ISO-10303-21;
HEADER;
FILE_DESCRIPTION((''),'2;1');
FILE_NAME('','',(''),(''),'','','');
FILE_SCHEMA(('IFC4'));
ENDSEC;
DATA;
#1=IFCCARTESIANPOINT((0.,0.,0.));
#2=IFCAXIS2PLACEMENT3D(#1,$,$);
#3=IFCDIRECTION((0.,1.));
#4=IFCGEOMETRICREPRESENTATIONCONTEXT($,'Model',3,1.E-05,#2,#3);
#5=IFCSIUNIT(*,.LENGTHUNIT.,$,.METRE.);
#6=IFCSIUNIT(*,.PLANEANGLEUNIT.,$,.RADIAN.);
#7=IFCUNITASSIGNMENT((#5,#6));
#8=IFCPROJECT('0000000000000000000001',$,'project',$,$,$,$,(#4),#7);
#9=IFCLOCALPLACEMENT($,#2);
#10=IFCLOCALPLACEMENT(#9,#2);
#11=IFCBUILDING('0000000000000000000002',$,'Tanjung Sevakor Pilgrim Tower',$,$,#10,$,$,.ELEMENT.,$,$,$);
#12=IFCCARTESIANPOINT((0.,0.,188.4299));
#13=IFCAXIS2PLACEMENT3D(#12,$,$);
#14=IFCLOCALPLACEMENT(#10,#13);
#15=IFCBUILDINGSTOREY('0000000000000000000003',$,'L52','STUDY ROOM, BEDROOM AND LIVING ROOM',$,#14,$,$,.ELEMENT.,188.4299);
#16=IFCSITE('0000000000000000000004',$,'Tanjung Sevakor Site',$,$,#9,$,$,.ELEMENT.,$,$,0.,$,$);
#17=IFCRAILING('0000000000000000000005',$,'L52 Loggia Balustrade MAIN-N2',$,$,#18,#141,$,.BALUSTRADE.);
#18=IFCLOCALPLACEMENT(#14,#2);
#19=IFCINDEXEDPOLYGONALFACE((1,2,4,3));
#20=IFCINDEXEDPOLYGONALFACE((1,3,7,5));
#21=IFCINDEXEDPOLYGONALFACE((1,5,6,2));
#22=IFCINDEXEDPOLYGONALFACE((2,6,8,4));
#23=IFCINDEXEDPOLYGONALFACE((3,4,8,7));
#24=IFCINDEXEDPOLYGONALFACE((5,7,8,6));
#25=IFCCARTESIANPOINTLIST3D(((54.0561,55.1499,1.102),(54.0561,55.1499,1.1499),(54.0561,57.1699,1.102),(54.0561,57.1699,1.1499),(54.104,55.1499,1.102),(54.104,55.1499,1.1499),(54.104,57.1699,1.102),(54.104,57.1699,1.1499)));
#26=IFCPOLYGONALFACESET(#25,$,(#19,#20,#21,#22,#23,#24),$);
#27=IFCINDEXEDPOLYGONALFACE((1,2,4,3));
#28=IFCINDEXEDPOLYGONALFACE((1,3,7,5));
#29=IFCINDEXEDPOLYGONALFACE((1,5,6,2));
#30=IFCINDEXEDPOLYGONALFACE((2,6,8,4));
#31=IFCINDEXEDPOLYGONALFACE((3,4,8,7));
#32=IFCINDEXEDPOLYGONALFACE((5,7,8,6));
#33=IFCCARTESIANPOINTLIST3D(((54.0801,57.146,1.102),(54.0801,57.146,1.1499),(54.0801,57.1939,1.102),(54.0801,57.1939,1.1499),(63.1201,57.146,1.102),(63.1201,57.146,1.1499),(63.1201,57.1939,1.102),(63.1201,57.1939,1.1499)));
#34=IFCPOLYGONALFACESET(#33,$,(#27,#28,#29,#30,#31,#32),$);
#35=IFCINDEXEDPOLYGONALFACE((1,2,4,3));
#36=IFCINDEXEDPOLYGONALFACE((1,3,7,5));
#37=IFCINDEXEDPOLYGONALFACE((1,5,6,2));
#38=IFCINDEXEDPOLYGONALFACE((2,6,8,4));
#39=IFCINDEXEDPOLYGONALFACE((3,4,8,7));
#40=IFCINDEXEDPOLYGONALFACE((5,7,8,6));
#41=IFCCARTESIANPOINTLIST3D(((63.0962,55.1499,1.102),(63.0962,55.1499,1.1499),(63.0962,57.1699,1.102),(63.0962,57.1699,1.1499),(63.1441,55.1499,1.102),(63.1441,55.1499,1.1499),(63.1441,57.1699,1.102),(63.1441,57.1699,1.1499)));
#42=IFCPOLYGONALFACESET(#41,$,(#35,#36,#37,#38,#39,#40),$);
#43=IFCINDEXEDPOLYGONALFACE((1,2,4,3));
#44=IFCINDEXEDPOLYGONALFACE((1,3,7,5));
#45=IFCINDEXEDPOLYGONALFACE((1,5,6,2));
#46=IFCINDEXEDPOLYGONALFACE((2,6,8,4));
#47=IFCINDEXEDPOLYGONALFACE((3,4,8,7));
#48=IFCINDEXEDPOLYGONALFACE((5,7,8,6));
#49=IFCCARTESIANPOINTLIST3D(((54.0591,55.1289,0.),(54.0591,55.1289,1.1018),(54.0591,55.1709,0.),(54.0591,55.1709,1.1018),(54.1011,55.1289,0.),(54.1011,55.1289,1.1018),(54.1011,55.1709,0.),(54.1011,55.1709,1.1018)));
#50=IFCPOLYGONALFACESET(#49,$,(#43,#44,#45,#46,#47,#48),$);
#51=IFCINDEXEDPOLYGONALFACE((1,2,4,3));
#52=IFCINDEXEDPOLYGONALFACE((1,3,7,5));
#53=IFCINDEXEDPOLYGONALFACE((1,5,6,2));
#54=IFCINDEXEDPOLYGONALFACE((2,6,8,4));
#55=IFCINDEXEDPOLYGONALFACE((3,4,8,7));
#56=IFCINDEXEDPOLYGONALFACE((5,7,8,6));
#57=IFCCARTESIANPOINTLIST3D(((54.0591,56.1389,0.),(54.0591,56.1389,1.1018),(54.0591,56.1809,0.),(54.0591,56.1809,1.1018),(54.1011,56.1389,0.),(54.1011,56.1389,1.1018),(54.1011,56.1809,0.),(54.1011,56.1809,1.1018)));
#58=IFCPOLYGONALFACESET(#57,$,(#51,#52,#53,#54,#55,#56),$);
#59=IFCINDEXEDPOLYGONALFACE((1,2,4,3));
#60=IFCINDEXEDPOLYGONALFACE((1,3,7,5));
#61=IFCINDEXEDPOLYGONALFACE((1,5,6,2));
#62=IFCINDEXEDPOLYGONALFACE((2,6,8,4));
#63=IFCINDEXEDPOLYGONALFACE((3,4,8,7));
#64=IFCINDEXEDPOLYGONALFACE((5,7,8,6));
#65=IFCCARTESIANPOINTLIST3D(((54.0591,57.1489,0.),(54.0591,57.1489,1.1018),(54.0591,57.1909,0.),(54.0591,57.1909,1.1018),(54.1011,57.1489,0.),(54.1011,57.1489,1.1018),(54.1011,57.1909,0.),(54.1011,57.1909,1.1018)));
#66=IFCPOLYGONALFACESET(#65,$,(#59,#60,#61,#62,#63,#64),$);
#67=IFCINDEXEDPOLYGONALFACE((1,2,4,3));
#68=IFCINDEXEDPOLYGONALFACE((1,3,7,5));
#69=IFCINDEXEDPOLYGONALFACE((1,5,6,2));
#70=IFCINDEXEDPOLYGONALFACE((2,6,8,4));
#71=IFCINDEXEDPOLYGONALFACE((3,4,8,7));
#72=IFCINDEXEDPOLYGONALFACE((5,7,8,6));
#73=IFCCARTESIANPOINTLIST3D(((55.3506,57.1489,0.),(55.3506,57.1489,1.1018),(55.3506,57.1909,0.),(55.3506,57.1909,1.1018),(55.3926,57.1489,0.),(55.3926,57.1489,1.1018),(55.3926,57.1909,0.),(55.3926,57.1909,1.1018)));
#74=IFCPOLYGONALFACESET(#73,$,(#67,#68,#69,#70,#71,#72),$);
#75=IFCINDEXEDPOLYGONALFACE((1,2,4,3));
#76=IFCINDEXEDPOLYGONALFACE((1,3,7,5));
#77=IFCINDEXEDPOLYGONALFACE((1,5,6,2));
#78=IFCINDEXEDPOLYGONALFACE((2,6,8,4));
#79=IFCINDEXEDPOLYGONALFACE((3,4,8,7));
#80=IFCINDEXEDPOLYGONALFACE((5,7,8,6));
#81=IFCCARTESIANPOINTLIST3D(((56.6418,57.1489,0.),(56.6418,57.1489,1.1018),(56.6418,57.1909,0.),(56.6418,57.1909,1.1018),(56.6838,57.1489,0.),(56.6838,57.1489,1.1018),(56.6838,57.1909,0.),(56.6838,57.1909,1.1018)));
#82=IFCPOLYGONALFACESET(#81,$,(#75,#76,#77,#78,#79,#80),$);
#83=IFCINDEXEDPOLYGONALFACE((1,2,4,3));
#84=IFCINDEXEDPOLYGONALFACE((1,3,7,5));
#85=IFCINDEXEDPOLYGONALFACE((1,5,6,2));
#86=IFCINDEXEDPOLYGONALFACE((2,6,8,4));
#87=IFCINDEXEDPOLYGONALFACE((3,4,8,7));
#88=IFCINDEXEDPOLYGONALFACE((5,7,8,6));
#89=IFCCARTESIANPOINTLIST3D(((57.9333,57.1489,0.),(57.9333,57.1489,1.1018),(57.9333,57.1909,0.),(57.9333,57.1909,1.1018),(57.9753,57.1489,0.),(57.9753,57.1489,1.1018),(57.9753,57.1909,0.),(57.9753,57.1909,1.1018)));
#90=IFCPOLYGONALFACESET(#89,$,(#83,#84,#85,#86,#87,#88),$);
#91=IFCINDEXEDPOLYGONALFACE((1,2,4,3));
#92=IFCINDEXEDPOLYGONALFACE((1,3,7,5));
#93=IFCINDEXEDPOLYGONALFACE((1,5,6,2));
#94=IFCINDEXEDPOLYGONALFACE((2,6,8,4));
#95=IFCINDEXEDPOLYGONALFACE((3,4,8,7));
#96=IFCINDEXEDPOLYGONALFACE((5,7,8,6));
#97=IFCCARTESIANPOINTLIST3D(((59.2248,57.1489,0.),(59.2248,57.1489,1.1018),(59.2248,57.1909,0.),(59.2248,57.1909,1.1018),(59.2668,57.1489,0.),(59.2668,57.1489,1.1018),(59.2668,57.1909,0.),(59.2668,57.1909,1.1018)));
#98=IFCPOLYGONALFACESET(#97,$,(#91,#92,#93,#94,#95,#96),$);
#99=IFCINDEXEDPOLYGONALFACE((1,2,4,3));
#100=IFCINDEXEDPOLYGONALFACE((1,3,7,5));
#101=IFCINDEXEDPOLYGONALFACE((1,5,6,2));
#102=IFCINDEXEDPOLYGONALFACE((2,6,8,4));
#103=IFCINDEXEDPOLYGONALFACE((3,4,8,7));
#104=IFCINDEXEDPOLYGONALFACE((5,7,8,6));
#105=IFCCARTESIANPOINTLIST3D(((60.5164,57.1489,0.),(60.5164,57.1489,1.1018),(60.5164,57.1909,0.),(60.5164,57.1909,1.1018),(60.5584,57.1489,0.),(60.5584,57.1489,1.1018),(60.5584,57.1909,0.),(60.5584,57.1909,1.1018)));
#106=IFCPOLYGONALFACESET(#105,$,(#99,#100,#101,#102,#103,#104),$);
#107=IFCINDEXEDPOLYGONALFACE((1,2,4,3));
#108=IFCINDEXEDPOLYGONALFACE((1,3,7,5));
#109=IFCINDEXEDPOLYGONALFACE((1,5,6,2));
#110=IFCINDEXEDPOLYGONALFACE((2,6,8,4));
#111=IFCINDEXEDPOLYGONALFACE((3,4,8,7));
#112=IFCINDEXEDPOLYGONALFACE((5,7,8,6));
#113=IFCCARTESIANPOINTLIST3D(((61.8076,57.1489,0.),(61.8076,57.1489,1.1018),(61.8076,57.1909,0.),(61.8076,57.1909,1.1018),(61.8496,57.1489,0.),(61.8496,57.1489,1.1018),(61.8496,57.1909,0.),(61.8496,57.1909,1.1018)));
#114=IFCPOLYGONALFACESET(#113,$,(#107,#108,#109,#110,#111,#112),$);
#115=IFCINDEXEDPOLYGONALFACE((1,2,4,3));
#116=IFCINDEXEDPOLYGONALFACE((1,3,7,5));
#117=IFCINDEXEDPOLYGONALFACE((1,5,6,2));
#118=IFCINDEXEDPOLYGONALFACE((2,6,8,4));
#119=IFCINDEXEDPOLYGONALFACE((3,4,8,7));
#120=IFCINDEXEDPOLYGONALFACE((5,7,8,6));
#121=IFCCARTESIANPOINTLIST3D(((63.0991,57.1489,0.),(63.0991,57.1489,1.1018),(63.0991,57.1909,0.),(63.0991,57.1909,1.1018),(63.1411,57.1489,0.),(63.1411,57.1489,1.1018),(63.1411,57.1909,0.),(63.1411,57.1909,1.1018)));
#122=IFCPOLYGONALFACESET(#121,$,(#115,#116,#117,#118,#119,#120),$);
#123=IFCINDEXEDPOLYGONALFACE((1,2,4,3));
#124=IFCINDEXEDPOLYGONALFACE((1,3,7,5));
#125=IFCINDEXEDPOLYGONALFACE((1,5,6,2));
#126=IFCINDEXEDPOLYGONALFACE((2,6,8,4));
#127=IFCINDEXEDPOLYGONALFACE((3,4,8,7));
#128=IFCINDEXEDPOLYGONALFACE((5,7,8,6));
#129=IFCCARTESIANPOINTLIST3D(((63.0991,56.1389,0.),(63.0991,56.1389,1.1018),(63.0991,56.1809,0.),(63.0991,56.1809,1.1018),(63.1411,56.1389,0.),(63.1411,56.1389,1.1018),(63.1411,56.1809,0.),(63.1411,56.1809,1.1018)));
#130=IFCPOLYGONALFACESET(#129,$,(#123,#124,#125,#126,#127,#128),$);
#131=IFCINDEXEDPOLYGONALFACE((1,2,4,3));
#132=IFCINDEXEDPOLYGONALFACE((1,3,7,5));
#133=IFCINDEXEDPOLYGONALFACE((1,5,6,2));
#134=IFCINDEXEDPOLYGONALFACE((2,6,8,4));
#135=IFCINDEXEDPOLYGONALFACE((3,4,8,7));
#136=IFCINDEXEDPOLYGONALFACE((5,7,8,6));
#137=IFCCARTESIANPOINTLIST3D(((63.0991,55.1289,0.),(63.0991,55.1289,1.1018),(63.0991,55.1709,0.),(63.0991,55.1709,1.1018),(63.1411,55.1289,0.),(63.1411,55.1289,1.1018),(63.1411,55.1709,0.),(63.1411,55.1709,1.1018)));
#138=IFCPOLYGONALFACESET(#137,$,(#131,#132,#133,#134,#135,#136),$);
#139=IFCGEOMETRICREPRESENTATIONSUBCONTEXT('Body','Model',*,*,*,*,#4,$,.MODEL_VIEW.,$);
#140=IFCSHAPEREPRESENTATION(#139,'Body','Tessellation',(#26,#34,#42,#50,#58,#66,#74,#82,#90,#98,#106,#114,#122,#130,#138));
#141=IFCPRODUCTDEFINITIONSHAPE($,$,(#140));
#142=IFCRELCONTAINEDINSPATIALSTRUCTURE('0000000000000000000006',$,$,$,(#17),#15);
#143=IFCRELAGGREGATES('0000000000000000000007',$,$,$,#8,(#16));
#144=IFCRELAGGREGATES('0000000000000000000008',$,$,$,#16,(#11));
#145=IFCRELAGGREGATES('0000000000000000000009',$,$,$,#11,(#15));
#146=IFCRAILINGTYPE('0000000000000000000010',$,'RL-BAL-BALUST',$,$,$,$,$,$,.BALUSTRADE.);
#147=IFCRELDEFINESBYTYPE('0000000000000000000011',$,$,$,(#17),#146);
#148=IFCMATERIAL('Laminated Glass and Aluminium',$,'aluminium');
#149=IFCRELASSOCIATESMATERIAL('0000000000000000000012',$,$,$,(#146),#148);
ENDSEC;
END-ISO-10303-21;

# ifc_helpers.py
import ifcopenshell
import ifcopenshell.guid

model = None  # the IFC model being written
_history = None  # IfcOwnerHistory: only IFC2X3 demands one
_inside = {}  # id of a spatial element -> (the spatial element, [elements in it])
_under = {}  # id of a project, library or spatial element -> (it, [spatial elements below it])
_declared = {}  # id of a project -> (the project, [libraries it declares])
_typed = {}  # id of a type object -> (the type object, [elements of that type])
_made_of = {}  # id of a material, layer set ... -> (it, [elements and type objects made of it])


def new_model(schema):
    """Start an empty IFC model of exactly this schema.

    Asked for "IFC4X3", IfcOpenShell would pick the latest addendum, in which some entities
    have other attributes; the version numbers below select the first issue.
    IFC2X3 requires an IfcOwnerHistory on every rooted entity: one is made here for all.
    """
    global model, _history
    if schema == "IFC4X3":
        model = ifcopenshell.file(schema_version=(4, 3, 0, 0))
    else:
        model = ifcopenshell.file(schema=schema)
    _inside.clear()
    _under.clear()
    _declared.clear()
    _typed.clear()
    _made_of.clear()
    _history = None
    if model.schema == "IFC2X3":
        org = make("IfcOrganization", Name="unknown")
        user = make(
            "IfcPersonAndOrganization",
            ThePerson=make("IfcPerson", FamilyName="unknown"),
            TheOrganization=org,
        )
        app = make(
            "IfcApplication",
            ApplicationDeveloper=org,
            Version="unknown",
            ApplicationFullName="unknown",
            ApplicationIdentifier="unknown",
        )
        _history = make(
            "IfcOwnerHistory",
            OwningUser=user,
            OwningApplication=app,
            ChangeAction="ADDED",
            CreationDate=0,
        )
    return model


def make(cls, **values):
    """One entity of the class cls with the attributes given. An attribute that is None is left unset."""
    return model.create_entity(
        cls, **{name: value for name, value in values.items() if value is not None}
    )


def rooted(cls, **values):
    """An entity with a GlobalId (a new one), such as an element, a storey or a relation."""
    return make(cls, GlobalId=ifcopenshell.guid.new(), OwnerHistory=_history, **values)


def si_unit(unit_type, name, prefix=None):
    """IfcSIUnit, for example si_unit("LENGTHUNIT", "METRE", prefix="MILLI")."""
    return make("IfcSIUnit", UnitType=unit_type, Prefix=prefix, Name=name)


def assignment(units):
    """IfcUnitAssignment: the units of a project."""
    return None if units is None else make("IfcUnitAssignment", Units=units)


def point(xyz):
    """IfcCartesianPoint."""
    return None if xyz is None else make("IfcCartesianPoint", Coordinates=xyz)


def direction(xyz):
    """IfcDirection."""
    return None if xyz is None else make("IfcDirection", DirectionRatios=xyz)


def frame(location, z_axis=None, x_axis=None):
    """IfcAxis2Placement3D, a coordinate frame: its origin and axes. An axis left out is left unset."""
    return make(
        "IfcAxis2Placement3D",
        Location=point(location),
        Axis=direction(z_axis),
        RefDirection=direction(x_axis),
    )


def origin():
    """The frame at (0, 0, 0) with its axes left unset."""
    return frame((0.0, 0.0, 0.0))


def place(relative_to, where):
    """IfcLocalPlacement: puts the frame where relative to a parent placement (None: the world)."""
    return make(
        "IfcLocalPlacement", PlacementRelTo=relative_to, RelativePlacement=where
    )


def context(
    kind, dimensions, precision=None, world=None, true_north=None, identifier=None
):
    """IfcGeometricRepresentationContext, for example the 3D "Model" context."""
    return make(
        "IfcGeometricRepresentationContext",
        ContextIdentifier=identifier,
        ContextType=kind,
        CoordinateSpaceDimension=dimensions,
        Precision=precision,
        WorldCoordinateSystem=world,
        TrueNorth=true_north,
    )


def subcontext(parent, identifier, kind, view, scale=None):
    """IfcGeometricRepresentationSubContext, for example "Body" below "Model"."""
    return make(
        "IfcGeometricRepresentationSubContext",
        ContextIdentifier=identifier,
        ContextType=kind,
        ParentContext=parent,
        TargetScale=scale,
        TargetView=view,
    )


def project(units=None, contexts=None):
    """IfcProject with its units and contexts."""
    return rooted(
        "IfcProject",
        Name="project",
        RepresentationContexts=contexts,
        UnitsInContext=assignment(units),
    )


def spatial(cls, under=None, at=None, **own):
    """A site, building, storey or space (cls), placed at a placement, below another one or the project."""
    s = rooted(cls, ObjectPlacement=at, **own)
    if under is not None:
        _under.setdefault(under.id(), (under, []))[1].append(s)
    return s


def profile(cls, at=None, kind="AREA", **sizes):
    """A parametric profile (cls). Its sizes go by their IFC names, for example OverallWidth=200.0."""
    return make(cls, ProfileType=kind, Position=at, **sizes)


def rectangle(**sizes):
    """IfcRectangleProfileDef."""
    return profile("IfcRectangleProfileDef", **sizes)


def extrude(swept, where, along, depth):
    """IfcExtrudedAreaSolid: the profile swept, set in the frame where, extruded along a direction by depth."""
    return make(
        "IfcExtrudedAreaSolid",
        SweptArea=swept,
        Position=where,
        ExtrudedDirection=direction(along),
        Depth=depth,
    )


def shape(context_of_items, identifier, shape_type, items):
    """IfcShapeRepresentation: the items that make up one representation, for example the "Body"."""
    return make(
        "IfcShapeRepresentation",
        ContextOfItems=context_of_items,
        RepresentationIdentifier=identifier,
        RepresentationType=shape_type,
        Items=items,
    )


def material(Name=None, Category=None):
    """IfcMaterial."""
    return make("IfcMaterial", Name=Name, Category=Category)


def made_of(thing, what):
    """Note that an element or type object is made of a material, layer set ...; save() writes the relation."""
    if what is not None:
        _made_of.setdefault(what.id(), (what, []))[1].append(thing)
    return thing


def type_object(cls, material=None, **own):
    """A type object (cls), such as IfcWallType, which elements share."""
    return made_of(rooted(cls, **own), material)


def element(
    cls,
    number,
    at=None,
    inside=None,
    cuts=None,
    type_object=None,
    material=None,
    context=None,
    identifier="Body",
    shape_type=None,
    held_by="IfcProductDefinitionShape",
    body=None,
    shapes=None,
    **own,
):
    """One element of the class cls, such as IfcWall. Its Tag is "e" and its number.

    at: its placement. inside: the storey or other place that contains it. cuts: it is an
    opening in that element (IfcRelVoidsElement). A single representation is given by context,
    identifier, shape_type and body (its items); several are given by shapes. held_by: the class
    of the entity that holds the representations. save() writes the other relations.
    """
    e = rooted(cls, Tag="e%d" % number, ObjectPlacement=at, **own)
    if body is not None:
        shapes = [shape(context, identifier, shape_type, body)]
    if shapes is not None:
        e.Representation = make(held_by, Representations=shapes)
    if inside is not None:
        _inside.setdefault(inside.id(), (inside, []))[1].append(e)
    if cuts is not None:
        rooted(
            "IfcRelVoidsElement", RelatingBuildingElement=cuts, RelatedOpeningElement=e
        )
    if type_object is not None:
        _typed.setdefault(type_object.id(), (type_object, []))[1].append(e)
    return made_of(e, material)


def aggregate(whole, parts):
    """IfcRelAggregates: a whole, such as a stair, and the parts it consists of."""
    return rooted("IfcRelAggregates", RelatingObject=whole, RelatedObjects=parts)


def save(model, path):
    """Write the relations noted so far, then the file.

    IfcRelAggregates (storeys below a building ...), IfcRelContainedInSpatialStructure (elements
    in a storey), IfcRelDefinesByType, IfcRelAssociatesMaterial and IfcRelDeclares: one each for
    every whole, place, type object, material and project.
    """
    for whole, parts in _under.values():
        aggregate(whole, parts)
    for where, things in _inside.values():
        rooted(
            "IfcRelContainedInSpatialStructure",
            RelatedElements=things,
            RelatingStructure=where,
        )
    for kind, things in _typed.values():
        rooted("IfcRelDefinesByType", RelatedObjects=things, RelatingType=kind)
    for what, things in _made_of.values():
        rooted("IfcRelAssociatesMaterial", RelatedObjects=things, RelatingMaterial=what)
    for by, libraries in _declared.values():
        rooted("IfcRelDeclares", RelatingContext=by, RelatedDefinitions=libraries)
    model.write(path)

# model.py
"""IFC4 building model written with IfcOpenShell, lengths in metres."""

from ifc_helpers import new_model, si_unit, direction, frame, origin, place, context, subcontext, project, spatial, rectangle, extrude, material, type_object, element, save


model = new_model("IFC4")

# Units and contexts
model_context = context("Model", 3, precision=1e-05, world=origin(), true_north=direction((0.0, 1.0)))
body_context = subcontext(model_context, "Body", "Model", "MODEL_VIEW")
ifc_project = project(units=[si_unit("LENGTHUNIT", "METRE"), si_unit("PLANEANGLEUNIT", "RADIAN")], contexts=[model_context])

# Site, building, storey
site_placement = place(None, origin())
site = spatial("IfcSite", under=ifc_project, at=site_placement, Name="Tanjung Sevakor Site", CompositionType="ELEMENT", RefElevation=0.0)
building_placement = place(site_placement, origin())
building = spatial("IfcBuilding", under=site, at=building_placement, Name="Tanjung Sevakor Pilgrim Tower", CompositionType="ELEMENT")
storey_placement = place(building_placement, frame((0.0, 0.0, 188.4299)))
storey = spatial("IfcBuildingStorey", under=building, at=storey_placement, Name="L52", Description="STUDY ROOM, BEDROOM AND LIVING ROOM", CompositionType="ELEMENT", Elevation=188.4299)

# Railing
ifc_material_1 = material(Name="Laminated Glass and Aluminium", Category="aluminium")
railing_type = type_object("IfcRailingType", Name="RL-BAL-BALUST", PredefinedType="BALUSTRADE", material=ifc_material_1)
railing_1_placement = place(storey_placement, frame((54.0801, 55.1499, 0.0)))
element("IfcRailing", 1, at=railing_1_placement, inside=storey, type_object=railing_type, Name="L52 Loggia Balustrade MAIN-N2", PredefinedType="BALUSTRADE", context=body_context, shape_type="SweptSolid", body=[
    extrude(rectangle(XDim=0.0479, YDim=0.0479), frame((0.0, 0.0, 1.126), z_axis=(0.0, 1.0, 0.0), x_axis=(-1.0, 0.0, 0.0)), (0.0, 0.0, 1.0), 2.02),
    extrude(rectangle(XDim=0.0479, YDim=0.0479), frame((0.0, 2.02, 1.126), z_axis=(1.0, 0.0, 0.0), x_axis=(0.0, 1.0, 0.0)), (0.0, 0.0, 1.0), 9.04),
    extrude(rectangle(XDim=0.0479, YDim=0.0479), frame((9.04, 2.02, 1.126), z_axis=(0.0, -1.0, 0.0), x_axis=(1.0, 0.0, 0.0)), (0.0, 0.0, 1.0), 2.02),
    extrude(rectangle(XDim=0.042, YDim=0.042), origin(), (0.0, 0.0, 1.0), 1.1018),
    extrude(rectangle(XDim=0.042, YDim=0.042), frame((0.0, 1.01, 0.0)), (0.0, 0.0, 1.0), 1.1018),
    extrude(rectangle(XDim=0.042, YDim=0.042), frame((0.0, 2.02, 0.0)), (0.0, 0.0, 1.0), 1.1018),
    extrude(rectangle(XDim=0.042, YDim=0.042), frame((1.2915, 2.02, 0.0)), (0.0, 0.0, 1.0), 1.1018),
    extrude(rectangle(XDim=0.042, YDim=0.042), frame((2.5828, 2.02, 0.0)), (0.0, 0.0, 1.0), 1.1018),
    extrude(rectangle(XDim=0.042, YDim=0.042), frame((3.8743, 2.02, 0.0)), (0.0, 0.0, 1.0), 1.1018),
    extrude(rectangle(XDim=0.042, YDim=0.042), frame((5.1658, 2.02, 0.0)), (0.0, 0.0, 1.0), 1.1018),
    extrude(rectangle(XDim=0.042, YDim=0.042), frame((6.4573, 2.02, 0.0)), (0.0, 0.0, 1.0), 1.1018),
    extrude(rectangle(XDim=0.042, YDim=0.042), frame((7.7485, 2.02, 0.0)), (0.0, 0.0, 1.0), 1.1018),
    extrude(rectangle(XDim=0.042, YDim=0.042), frame((9.04, 2.02, 0.0)), (0.0, 0.0, 1.0), 1.1018),
    extrude(rectangle(XDim=0.042, YDim=0.042), frame((9.04, 1.01, 0.0)), (0.0, 0.0, 1.0), 1.1018),
    extrude(rectangle(XDim=0.042, YDim=0.042), frame((9.04, 0.0, 0.0)), (0.0, 0.0, 1.0), 1.1018),
])

save(model, "model.ifc")
